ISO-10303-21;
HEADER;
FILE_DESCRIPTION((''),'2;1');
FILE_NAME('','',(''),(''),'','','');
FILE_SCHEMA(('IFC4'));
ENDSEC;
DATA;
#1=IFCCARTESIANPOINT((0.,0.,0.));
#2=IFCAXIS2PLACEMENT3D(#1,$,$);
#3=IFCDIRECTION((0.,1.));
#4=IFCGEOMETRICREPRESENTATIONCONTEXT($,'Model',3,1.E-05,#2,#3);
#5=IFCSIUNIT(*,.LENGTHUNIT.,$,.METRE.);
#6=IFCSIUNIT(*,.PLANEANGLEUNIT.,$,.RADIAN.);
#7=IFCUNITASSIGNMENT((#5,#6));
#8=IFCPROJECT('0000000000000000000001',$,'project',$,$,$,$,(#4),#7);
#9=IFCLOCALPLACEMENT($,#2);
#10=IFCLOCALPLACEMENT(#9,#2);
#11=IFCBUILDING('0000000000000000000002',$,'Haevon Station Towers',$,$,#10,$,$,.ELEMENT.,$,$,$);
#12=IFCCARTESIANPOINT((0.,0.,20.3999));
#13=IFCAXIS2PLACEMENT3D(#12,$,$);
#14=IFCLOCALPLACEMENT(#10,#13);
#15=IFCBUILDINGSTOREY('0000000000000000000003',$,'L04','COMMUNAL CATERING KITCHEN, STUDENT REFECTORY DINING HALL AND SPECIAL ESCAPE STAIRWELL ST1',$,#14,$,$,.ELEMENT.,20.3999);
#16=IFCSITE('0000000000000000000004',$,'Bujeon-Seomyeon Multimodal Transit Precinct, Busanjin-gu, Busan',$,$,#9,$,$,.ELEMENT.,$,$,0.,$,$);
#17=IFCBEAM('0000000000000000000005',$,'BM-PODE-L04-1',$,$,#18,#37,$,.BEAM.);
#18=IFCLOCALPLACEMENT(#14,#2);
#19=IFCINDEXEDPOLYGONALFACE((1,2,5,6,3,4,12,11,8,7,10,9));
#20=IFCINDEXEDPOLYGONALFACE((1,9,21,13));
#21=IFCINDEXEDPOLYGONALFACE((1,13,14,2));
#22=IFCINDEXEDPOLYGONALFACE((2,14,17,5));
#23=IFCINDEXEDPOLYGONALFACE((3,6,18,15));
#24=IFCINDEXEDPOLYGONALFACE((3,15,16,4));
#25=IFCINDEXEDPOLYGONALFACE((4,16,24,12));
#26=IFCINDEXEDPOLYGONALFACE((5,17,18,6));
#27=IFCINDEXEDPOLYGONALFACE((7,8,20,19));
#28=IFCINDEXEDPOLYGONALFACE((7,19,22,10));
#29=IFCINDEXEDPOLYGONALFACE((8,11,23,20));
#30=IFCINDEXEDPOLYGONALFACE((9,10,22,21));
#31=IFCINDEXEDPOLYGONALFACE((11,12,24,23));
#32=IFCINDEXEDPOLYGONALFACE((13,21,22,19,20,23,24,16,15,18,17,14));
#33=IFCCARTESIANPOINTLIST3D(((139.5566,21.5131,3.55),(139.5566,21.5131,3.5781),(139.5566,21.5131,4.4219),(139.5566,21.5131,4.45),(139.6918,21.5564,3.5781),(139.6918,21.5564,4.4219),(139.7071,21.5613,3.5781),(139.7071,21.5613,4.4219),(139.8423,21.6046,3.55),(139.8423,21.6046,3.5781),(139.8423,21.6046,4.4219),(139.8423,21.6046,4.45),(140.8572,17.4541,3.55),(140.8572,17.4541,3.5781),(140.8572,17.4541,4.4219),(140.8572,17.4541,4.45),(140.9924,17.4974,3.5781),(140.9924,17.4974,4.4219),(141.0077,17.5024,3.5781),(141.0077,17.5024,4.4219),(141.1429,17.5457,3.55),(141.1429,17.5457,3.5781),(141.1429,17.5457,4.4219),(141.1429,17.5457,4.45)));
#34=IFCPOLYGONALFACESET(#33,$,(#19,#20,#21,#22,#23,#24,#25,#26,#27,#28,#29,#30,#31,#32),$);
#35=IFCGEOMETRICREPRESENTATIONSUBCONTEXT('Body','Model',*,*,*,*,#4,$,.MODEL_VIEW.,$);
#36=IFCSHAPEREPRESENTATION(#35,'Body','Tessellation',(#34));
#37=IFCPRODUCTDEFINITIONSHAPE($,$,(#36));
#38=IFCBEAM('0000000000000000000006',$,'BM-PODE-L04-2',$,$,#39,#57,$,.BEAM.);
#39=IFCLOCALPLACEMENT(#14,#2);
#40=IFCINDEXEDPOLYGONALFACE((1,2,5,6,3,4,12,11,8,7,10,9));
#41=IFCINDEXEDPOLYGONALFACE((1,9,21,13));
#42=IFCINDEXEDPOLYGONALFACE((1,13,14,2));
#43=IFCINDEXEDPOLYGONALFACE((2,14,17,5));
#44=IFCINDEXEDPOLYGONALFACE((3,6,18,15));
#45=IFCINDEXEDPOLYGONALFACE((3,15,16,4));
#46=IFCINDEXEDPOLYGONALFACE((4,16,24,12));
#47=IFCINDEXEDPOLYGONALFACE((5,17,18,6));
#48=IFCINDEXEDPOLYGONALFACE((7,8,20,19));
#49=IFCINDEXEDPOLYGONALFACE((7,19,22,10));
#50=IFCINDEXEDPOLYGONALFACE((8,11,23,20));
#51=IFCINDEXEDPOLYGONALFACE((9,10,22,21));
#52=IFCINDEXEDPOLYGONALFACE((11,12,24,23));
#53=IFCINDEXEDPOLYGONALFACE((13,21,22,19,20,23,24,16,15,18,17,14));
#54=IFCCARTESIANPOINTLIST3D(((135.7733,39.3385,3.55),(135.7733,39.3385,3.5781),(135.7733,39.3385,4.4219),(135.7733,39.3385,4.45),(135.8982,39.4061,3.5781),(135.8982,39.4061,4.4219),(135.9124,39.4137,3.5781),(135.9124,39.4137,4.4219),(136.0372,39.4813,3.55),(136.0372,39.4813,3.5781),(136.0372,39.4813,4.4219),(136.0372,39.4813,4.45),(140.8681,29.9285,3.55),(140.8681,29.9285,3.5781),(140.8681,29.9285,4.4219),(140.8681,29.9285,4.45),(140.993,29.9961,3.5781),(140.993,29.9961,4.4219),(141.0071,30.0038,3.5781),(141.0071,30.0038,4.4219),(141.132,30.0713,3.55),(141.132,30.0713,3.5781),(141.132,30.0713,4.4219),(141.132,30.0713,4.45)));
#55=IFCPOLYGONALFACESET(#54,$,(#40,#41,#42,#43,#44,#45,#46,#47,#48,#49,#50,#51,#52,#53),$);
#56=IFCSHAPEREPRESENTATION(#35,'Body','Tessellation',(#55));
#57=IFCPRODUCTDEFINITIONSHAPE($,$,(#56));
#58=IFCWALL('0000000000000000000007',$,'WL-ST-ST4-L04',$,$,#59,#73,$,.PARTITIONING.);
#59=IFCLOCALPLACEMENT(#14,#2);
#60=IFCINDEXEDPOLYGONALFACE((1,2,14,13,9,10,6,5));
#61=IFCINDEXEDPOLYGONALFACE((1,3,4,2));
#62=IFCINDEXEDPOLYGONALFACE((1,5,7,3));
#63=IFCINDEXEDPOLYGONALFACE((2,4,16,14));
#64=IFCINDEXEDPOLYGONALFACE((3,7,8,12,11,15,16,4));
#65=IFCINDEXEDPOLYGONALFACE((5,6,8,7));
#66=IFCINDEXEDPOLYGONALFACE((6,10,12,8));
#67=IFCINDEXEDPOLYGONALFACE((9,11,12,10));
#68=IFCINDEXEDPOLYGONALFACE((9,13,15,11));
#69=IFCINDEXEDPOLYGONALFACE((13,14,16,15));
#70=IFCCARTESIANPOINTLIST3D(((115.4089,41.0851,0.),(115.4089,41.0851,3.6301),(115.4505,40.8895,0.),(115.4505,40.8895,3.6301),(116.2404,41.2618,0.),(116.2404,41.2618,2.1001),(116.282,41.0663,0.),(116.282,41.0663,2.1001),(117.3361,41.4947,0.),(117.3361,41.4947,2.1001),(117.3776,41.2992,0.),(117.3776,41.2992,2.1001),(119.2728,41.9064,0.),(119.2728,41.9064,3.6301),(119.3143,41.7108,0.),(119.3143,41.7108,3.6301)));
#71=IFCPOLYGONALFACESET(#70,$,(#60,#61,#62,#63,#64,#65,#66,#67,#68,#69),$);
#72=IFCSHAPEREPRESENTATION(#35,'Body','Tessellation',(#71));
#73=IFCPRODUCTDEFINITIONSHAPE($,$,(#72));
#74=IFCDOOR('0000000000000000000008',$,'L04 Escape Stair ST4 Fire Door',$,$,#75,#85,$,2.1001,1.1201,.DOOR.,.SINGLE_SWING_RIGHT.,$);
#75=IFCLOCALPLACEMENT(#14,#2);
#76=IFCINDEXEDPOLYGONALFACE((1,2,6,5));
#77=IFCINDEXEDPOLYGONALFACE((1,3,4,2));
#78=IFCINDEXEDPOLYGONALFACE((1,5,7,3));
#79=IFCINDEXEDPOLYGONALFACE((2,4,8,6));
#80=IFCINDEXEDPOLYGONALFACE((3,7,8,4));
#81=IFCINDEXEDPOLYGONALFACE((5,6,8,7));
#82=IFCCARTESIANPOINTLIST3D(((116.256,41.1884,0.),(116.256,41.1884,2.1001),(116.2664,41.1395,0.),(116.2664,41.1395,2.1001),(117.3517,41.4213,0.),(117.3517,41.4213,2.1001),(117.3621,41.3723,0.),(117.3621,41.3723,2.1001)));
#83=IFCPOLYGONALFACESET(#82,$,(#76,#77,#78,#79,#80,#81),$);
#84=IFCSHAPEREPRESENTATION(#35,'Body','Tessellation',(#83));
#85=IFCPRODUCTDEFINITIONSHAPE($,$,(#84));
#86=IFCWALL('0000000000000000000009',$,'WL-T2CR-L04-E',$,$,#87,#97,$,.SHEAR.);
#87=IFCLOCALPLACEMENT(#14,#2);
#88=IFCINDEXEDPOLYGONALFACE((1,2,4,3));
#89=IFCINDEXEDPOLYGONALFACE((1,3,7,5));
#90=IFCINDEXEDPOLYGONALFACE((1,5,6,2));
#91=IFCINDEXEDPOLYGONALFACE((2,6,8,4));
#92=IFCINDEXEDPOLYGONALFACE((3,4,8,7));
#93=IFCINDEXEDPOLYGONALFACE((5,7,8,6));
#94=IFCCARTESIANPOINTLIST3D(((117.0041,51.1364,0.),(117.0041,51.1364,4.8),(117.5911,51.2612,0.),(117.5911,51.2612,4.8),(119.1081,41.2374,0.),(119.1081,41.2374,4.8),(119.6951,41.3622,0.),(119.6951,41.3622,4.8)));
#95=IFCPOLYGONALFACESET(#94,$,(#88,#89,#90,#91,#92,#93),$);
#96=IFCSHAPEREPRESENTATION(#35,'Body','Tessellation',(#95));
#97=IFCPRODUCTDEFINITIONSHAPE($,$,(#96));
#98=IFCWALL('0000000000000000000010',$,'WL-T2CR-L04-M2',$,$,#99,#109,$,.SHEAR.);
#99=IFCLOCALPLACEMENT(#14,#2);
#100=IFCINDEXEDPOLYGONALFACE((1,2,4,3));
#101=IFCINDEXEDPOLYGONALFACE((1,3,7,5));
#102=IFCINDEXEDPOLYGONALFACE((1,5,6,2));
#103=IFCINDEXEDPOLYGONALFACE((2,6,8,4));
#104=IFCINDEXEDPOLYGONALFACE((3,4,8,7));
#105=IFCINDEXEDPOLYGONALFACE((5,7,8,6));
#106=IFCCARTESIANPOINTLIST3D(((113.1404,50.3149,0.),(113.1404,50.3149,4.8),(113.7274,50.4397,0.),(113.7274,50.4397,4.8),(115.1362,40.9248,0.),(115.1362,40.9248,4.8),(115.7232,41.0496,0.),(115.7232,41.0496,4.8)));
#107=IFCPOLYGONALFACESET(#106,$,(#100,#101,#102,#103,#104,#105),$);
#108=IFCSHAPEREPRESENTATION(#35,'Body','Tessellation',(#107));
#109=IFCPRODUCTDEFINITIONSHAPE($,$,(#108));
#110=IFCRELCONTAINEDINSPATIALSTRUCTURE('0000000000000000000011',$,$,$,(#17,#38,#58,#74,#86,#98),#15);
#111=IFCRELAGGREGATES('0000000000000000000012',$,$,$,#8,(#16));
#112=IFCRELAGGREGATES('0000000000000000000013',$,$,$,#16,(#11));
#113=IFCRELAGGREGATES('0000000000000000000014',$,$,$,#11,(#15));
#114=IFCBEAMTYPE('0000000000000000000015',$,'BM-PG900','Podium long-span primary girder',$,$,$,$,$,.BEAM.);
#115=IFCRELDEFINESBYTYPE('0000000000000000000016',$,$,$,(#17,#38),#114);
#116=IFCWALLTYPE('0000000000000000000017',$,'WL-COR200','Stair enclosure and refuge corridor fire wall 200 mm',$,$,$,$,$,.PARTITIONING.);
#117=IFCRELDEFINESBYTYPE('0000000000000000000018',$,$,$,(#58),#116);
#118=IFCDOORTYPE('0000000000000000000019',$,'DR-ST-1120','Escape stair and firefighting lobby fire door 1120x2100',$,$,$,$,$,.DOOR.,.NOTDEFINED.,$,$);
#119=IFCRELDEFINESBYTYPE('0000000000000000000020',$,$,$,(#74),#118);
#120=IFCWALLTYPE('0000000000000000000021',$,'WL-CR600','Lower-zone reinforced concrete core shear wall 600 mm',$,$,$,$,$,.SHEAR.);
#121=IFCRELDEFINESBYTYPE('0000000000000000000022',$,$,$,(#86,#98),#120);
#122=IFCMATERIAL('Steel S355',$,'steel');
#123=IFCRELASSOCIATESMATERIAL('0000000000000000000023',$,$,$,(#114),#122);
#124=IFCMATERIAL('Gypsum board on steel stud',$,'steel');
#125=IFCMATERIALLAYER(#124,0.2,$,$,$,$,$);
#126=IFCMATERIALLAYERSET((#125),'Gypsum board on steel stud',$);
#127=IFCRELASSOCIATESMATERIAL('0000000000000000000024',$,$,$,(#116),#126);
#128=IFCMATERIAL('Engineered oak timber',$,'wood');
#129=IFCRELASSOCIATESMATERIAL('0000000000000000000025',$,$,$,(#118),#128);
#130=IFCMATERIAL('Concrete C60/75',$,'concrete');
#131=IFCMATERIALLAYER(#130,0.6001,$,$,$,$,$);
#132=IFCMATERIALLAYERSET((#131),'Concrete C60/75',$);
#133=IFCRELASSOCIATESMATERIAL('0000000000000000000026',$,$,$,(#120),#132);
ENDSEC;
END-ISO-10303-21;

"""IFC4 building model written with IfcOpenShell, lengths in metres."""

from ifc_helpers import new_model, si_unit, direction, frame, frame_2d, origin, origin_2d, place, context, subcontext, project, spatial, rectangle, i_section, extrude, material, layer, layer_set, material_profile, profile_set, type_object, element, fill, save


model = new_model("IFC4")

# Units and contexts
model_context = context("Model", 3, precision=1e-05, world=origin(), true_north=direction((0.0, 1.0)))
body_context = subcontext(model_context, "Body", "Model", "MODEL_VIEW")
ifc_project = project(units=[si_unit("LENGTHUNIT", "METRE"), si_unit("PLANEANGLEUNIT", "RADIAN")], contexts=[model_context])

# Site, building, storey
site_placement = place(None, origin())
site = spatial("IfcSite", under=ifc_project, at=site_placement, Name="Bujeon-Seomyeon Multimodal Transit Precinct, Busanjin-gu, Busan", CompositionType="ELEMENT", RefElevation=0.0)
building_placement = place(site_placement, origin())
building = spatial("IfcBuilding", under=site, at=building_placement, Name="Haevon Station Towers", CompositionType="ELEMENT")
storey_placement = place(building_placement, frame((0.0, 0.0, 20.3999)))
storey = spatial("IfcBuildingStorey", under=building, at=storey_placement, Name="L04", Description="COMMUNAL CATERING KITCHEN, STUDENT REFECTORY DINING HALL AND SPECIAL ESCAPE STAIRWELL ST1", CompositionType="ELEMENT", Elevation=20.3999)

# Beams
ifc_material_1 = material(Name="Steel S355", Category="steel")
ifc_material_profile_1 = material_profile(ifc_material_1, i_section(OverallWidth=0.3, OverallDepth=0.8999, WebThickness=0.0161, FlangeThickness=0.0281, at=origin_2d()), Name="H-900x300x16x28")
ifc_profile_set_1 = profile_set([ifc_material_profile_1], Name="Steel S355")
beam_type_1 = type_object("IfcBeamType", Name="BM-PG900", Description="Podium long-span primary girder", PredefinedType="BEAM", material=ifc_profile_set_1)
beam_1_placement = place(storey_placement, frame((139.6995, 21.5588, 4.0), z_axis=(0.305139, -0.952308, 0.0), x_axis=(0.952308, 0.305139, 0.0)))
element("IfcBeam", 1, at=beam_1_placement, inside=storey, type_object=beam_type_1, Name="BM-PODE-L04-1", PredefinedType="BEAM", context=body_context, shape_type="SweptSolid", body=[
    extrude(i_section(OverallWidth=0.3, OverallDepth=0.8999, WebThickness=0.0161, FlangeThickness=0.0281, at=origin_2d()), origin(), (0.0, 0.0, 1.0), 4.2622),
])
beam_2_placement = place(storey_placement, frame((135.9053, 39.4099, 4.0), z_axis=(0.476116, -0.879382, 0.0), x_axis=(0.879382, 0.476116, 0.0)))
element("IfcBeam", 2, at=beam_2_placement, inside=storey, type_object=beam_type_1, Name="BM-PODE-L04-2", PredefinedType="BEAM", context=body_context, shape_type="SweptSolid", body=[
    extrude(i_section(OverallWidth=0.3, OverallDepth=0.8999, WebThickness=0.0161, FlangeThickness=0.0281, at=origin_2d()), origin(), (0.0, 0.0, 1.0), 10.7007),
])

# Wall, opening, door
ifc_material_2 = material(Name="Gypsum board on steel stud", Category="steel")
ifc_layer_1 = layer(ifc_material_2, 0.2)
ifc_layer_set_1 = layer_set([ifc_layer_1], Name="Gypsum board on steel stud")
wall_type_1 = type_object("IfcWallType", Name="WL-COR200", Description="Stair enclosure and refuge corridor fire wall 200 mm", PredefinedType="PARTITIONING", material=ifc_layer_set_1)
wall_1_placement = place(storey_placement, frame((115.4297, 40.9873, 0.0), z_axis=(0.0, 0.0, 1.0), x_axis=(0.978147, 0.207916, 0.0)))
wall_1 = element("IfcWall", 3, at=wall_1_placement, inside=storey, type_object=wall_type_1, Name="WL-ST-ST4-L04", PredefinedType="PARTITIONING", context=body_context, shape_type="SweptSolid", body=[
    extrude(rectangle(XDim=3.9502, YDim=0.2, at=frame_2d((1.9751, 0.0))), origin(), (0.0, 0.0, 1.0), 3.6301),
])
opening_1_placement = place(wall_1_placement, frame((0.8501, 0.0, 0.0)))
opening_1 = element("IfcOpeningElement", 4, at=opening_1_placement, cuts=wall_1, PredefinedType="OPENING", context=body_context, shape_type="SweptSolid", body=[
    extrude(rectangle(XDim=1.1201, YDim=2.1001, at=frame_2d((0.5601, 1.05))), frame((0.0, 0.1099, 0.0), z_axis=(0.0, -1.0, 0.0), x_axis=(1.0, 0.0, 0.0)), (0.0, 0.0, 1.0), 0.22),
])
ifc_material_3 = material(Name="Engineered oak timber", Category="wood")
door_type = type_object("IfcDoorType", Name="DR-ST-1120", Description="Escape stair and firefighting lobby fire door 1120x2100", OperationType="NOTDEFINED", PredefinedType="DOOR", material=ifc_material_3)
door_placement = place(opening_1_placement, origin())
door = element("IfcDoor", 5, at=door_placement, inside=storey, type_object=door_type, Name="L04 Escape Stair ST4 Fire Door", OperationType="SINGLE_SWING_RIGHT", OverallHeight=2.1001, OverallWidth=1.1201, PredefinedType="DOOR", context=body_context, shape_type="SweptSolid", body=[
    extrude(rectangle(XDim=1.1201, YDim=2.1001, at=frame_2d((0.5601, 1.05))), frame((0.0, 0.0249, 0.0), z_axis=(0.0, -1.0, 0.0), x_axis=(1.0, 0.0, 0.0)), (0.0, 0.0, 1.0), 0.05),
])
fill(opening_1, door)

# Walls
ifc_material_4 = material(Name="Concrete C60/75", Category="concrete")
ifc_layer_2 = layer(ifc_material_4, 0.6001)
ifc_layer_set_2 = layer_set([ifc_layer_2], Name="Concrete C60/75")
wall_type_2 = type_object("IfcWallType", Name="WL-CR600", Description="Lower-zone reinforced concrete core shear wall 600 mm", PredefinedType="SHEAR", material=ifc_layer_set_2)
wall_2_placement = place(storey_placement, frame((119.4016, 41.2998, 0.0), z_axis=(0.0, 0.0, 1.0), x_axis=(-0.207904, 0.978149, 0.0)))
element("IfcWall", 6, at=wall_2_placement, inside=storey, type_object=wall_type_2, Name="WL-T2CR-L04-E", PredefinedType="SHEAR", context=body_context, shape_type="SweptSolid", body=[
    extrude(rectangle(XDim=10.1201, YDim=0.6001, at=frame_2d((5.0601, 0.0))), origin(), (0.0, 0.0, 1.0), 4.8),
])
wall_3_placement = place(storey_placement, frame((115.4297, 40.9873, 0.0), z_axis=(0.0, 0.0, 1.0), x_axis=(-0.207903, 0.978149, 0.0)))
element("IfcWall", 7, at=wall_3_placement, inside=storey, type_object=wall_type_2, Name="WL-T2CR-L04-M2", PredefinedType="SHEAR", context=body_context, shape_type="SweptSolid", body=[
    extrude(rectangle(XDim=9.5999, YDim=0.6001, at=frame_2d((4.7998, 0.0))), origin(), (0.0, 0.0, 1.0), 4.8),
])

save(model, "model.ifc")
